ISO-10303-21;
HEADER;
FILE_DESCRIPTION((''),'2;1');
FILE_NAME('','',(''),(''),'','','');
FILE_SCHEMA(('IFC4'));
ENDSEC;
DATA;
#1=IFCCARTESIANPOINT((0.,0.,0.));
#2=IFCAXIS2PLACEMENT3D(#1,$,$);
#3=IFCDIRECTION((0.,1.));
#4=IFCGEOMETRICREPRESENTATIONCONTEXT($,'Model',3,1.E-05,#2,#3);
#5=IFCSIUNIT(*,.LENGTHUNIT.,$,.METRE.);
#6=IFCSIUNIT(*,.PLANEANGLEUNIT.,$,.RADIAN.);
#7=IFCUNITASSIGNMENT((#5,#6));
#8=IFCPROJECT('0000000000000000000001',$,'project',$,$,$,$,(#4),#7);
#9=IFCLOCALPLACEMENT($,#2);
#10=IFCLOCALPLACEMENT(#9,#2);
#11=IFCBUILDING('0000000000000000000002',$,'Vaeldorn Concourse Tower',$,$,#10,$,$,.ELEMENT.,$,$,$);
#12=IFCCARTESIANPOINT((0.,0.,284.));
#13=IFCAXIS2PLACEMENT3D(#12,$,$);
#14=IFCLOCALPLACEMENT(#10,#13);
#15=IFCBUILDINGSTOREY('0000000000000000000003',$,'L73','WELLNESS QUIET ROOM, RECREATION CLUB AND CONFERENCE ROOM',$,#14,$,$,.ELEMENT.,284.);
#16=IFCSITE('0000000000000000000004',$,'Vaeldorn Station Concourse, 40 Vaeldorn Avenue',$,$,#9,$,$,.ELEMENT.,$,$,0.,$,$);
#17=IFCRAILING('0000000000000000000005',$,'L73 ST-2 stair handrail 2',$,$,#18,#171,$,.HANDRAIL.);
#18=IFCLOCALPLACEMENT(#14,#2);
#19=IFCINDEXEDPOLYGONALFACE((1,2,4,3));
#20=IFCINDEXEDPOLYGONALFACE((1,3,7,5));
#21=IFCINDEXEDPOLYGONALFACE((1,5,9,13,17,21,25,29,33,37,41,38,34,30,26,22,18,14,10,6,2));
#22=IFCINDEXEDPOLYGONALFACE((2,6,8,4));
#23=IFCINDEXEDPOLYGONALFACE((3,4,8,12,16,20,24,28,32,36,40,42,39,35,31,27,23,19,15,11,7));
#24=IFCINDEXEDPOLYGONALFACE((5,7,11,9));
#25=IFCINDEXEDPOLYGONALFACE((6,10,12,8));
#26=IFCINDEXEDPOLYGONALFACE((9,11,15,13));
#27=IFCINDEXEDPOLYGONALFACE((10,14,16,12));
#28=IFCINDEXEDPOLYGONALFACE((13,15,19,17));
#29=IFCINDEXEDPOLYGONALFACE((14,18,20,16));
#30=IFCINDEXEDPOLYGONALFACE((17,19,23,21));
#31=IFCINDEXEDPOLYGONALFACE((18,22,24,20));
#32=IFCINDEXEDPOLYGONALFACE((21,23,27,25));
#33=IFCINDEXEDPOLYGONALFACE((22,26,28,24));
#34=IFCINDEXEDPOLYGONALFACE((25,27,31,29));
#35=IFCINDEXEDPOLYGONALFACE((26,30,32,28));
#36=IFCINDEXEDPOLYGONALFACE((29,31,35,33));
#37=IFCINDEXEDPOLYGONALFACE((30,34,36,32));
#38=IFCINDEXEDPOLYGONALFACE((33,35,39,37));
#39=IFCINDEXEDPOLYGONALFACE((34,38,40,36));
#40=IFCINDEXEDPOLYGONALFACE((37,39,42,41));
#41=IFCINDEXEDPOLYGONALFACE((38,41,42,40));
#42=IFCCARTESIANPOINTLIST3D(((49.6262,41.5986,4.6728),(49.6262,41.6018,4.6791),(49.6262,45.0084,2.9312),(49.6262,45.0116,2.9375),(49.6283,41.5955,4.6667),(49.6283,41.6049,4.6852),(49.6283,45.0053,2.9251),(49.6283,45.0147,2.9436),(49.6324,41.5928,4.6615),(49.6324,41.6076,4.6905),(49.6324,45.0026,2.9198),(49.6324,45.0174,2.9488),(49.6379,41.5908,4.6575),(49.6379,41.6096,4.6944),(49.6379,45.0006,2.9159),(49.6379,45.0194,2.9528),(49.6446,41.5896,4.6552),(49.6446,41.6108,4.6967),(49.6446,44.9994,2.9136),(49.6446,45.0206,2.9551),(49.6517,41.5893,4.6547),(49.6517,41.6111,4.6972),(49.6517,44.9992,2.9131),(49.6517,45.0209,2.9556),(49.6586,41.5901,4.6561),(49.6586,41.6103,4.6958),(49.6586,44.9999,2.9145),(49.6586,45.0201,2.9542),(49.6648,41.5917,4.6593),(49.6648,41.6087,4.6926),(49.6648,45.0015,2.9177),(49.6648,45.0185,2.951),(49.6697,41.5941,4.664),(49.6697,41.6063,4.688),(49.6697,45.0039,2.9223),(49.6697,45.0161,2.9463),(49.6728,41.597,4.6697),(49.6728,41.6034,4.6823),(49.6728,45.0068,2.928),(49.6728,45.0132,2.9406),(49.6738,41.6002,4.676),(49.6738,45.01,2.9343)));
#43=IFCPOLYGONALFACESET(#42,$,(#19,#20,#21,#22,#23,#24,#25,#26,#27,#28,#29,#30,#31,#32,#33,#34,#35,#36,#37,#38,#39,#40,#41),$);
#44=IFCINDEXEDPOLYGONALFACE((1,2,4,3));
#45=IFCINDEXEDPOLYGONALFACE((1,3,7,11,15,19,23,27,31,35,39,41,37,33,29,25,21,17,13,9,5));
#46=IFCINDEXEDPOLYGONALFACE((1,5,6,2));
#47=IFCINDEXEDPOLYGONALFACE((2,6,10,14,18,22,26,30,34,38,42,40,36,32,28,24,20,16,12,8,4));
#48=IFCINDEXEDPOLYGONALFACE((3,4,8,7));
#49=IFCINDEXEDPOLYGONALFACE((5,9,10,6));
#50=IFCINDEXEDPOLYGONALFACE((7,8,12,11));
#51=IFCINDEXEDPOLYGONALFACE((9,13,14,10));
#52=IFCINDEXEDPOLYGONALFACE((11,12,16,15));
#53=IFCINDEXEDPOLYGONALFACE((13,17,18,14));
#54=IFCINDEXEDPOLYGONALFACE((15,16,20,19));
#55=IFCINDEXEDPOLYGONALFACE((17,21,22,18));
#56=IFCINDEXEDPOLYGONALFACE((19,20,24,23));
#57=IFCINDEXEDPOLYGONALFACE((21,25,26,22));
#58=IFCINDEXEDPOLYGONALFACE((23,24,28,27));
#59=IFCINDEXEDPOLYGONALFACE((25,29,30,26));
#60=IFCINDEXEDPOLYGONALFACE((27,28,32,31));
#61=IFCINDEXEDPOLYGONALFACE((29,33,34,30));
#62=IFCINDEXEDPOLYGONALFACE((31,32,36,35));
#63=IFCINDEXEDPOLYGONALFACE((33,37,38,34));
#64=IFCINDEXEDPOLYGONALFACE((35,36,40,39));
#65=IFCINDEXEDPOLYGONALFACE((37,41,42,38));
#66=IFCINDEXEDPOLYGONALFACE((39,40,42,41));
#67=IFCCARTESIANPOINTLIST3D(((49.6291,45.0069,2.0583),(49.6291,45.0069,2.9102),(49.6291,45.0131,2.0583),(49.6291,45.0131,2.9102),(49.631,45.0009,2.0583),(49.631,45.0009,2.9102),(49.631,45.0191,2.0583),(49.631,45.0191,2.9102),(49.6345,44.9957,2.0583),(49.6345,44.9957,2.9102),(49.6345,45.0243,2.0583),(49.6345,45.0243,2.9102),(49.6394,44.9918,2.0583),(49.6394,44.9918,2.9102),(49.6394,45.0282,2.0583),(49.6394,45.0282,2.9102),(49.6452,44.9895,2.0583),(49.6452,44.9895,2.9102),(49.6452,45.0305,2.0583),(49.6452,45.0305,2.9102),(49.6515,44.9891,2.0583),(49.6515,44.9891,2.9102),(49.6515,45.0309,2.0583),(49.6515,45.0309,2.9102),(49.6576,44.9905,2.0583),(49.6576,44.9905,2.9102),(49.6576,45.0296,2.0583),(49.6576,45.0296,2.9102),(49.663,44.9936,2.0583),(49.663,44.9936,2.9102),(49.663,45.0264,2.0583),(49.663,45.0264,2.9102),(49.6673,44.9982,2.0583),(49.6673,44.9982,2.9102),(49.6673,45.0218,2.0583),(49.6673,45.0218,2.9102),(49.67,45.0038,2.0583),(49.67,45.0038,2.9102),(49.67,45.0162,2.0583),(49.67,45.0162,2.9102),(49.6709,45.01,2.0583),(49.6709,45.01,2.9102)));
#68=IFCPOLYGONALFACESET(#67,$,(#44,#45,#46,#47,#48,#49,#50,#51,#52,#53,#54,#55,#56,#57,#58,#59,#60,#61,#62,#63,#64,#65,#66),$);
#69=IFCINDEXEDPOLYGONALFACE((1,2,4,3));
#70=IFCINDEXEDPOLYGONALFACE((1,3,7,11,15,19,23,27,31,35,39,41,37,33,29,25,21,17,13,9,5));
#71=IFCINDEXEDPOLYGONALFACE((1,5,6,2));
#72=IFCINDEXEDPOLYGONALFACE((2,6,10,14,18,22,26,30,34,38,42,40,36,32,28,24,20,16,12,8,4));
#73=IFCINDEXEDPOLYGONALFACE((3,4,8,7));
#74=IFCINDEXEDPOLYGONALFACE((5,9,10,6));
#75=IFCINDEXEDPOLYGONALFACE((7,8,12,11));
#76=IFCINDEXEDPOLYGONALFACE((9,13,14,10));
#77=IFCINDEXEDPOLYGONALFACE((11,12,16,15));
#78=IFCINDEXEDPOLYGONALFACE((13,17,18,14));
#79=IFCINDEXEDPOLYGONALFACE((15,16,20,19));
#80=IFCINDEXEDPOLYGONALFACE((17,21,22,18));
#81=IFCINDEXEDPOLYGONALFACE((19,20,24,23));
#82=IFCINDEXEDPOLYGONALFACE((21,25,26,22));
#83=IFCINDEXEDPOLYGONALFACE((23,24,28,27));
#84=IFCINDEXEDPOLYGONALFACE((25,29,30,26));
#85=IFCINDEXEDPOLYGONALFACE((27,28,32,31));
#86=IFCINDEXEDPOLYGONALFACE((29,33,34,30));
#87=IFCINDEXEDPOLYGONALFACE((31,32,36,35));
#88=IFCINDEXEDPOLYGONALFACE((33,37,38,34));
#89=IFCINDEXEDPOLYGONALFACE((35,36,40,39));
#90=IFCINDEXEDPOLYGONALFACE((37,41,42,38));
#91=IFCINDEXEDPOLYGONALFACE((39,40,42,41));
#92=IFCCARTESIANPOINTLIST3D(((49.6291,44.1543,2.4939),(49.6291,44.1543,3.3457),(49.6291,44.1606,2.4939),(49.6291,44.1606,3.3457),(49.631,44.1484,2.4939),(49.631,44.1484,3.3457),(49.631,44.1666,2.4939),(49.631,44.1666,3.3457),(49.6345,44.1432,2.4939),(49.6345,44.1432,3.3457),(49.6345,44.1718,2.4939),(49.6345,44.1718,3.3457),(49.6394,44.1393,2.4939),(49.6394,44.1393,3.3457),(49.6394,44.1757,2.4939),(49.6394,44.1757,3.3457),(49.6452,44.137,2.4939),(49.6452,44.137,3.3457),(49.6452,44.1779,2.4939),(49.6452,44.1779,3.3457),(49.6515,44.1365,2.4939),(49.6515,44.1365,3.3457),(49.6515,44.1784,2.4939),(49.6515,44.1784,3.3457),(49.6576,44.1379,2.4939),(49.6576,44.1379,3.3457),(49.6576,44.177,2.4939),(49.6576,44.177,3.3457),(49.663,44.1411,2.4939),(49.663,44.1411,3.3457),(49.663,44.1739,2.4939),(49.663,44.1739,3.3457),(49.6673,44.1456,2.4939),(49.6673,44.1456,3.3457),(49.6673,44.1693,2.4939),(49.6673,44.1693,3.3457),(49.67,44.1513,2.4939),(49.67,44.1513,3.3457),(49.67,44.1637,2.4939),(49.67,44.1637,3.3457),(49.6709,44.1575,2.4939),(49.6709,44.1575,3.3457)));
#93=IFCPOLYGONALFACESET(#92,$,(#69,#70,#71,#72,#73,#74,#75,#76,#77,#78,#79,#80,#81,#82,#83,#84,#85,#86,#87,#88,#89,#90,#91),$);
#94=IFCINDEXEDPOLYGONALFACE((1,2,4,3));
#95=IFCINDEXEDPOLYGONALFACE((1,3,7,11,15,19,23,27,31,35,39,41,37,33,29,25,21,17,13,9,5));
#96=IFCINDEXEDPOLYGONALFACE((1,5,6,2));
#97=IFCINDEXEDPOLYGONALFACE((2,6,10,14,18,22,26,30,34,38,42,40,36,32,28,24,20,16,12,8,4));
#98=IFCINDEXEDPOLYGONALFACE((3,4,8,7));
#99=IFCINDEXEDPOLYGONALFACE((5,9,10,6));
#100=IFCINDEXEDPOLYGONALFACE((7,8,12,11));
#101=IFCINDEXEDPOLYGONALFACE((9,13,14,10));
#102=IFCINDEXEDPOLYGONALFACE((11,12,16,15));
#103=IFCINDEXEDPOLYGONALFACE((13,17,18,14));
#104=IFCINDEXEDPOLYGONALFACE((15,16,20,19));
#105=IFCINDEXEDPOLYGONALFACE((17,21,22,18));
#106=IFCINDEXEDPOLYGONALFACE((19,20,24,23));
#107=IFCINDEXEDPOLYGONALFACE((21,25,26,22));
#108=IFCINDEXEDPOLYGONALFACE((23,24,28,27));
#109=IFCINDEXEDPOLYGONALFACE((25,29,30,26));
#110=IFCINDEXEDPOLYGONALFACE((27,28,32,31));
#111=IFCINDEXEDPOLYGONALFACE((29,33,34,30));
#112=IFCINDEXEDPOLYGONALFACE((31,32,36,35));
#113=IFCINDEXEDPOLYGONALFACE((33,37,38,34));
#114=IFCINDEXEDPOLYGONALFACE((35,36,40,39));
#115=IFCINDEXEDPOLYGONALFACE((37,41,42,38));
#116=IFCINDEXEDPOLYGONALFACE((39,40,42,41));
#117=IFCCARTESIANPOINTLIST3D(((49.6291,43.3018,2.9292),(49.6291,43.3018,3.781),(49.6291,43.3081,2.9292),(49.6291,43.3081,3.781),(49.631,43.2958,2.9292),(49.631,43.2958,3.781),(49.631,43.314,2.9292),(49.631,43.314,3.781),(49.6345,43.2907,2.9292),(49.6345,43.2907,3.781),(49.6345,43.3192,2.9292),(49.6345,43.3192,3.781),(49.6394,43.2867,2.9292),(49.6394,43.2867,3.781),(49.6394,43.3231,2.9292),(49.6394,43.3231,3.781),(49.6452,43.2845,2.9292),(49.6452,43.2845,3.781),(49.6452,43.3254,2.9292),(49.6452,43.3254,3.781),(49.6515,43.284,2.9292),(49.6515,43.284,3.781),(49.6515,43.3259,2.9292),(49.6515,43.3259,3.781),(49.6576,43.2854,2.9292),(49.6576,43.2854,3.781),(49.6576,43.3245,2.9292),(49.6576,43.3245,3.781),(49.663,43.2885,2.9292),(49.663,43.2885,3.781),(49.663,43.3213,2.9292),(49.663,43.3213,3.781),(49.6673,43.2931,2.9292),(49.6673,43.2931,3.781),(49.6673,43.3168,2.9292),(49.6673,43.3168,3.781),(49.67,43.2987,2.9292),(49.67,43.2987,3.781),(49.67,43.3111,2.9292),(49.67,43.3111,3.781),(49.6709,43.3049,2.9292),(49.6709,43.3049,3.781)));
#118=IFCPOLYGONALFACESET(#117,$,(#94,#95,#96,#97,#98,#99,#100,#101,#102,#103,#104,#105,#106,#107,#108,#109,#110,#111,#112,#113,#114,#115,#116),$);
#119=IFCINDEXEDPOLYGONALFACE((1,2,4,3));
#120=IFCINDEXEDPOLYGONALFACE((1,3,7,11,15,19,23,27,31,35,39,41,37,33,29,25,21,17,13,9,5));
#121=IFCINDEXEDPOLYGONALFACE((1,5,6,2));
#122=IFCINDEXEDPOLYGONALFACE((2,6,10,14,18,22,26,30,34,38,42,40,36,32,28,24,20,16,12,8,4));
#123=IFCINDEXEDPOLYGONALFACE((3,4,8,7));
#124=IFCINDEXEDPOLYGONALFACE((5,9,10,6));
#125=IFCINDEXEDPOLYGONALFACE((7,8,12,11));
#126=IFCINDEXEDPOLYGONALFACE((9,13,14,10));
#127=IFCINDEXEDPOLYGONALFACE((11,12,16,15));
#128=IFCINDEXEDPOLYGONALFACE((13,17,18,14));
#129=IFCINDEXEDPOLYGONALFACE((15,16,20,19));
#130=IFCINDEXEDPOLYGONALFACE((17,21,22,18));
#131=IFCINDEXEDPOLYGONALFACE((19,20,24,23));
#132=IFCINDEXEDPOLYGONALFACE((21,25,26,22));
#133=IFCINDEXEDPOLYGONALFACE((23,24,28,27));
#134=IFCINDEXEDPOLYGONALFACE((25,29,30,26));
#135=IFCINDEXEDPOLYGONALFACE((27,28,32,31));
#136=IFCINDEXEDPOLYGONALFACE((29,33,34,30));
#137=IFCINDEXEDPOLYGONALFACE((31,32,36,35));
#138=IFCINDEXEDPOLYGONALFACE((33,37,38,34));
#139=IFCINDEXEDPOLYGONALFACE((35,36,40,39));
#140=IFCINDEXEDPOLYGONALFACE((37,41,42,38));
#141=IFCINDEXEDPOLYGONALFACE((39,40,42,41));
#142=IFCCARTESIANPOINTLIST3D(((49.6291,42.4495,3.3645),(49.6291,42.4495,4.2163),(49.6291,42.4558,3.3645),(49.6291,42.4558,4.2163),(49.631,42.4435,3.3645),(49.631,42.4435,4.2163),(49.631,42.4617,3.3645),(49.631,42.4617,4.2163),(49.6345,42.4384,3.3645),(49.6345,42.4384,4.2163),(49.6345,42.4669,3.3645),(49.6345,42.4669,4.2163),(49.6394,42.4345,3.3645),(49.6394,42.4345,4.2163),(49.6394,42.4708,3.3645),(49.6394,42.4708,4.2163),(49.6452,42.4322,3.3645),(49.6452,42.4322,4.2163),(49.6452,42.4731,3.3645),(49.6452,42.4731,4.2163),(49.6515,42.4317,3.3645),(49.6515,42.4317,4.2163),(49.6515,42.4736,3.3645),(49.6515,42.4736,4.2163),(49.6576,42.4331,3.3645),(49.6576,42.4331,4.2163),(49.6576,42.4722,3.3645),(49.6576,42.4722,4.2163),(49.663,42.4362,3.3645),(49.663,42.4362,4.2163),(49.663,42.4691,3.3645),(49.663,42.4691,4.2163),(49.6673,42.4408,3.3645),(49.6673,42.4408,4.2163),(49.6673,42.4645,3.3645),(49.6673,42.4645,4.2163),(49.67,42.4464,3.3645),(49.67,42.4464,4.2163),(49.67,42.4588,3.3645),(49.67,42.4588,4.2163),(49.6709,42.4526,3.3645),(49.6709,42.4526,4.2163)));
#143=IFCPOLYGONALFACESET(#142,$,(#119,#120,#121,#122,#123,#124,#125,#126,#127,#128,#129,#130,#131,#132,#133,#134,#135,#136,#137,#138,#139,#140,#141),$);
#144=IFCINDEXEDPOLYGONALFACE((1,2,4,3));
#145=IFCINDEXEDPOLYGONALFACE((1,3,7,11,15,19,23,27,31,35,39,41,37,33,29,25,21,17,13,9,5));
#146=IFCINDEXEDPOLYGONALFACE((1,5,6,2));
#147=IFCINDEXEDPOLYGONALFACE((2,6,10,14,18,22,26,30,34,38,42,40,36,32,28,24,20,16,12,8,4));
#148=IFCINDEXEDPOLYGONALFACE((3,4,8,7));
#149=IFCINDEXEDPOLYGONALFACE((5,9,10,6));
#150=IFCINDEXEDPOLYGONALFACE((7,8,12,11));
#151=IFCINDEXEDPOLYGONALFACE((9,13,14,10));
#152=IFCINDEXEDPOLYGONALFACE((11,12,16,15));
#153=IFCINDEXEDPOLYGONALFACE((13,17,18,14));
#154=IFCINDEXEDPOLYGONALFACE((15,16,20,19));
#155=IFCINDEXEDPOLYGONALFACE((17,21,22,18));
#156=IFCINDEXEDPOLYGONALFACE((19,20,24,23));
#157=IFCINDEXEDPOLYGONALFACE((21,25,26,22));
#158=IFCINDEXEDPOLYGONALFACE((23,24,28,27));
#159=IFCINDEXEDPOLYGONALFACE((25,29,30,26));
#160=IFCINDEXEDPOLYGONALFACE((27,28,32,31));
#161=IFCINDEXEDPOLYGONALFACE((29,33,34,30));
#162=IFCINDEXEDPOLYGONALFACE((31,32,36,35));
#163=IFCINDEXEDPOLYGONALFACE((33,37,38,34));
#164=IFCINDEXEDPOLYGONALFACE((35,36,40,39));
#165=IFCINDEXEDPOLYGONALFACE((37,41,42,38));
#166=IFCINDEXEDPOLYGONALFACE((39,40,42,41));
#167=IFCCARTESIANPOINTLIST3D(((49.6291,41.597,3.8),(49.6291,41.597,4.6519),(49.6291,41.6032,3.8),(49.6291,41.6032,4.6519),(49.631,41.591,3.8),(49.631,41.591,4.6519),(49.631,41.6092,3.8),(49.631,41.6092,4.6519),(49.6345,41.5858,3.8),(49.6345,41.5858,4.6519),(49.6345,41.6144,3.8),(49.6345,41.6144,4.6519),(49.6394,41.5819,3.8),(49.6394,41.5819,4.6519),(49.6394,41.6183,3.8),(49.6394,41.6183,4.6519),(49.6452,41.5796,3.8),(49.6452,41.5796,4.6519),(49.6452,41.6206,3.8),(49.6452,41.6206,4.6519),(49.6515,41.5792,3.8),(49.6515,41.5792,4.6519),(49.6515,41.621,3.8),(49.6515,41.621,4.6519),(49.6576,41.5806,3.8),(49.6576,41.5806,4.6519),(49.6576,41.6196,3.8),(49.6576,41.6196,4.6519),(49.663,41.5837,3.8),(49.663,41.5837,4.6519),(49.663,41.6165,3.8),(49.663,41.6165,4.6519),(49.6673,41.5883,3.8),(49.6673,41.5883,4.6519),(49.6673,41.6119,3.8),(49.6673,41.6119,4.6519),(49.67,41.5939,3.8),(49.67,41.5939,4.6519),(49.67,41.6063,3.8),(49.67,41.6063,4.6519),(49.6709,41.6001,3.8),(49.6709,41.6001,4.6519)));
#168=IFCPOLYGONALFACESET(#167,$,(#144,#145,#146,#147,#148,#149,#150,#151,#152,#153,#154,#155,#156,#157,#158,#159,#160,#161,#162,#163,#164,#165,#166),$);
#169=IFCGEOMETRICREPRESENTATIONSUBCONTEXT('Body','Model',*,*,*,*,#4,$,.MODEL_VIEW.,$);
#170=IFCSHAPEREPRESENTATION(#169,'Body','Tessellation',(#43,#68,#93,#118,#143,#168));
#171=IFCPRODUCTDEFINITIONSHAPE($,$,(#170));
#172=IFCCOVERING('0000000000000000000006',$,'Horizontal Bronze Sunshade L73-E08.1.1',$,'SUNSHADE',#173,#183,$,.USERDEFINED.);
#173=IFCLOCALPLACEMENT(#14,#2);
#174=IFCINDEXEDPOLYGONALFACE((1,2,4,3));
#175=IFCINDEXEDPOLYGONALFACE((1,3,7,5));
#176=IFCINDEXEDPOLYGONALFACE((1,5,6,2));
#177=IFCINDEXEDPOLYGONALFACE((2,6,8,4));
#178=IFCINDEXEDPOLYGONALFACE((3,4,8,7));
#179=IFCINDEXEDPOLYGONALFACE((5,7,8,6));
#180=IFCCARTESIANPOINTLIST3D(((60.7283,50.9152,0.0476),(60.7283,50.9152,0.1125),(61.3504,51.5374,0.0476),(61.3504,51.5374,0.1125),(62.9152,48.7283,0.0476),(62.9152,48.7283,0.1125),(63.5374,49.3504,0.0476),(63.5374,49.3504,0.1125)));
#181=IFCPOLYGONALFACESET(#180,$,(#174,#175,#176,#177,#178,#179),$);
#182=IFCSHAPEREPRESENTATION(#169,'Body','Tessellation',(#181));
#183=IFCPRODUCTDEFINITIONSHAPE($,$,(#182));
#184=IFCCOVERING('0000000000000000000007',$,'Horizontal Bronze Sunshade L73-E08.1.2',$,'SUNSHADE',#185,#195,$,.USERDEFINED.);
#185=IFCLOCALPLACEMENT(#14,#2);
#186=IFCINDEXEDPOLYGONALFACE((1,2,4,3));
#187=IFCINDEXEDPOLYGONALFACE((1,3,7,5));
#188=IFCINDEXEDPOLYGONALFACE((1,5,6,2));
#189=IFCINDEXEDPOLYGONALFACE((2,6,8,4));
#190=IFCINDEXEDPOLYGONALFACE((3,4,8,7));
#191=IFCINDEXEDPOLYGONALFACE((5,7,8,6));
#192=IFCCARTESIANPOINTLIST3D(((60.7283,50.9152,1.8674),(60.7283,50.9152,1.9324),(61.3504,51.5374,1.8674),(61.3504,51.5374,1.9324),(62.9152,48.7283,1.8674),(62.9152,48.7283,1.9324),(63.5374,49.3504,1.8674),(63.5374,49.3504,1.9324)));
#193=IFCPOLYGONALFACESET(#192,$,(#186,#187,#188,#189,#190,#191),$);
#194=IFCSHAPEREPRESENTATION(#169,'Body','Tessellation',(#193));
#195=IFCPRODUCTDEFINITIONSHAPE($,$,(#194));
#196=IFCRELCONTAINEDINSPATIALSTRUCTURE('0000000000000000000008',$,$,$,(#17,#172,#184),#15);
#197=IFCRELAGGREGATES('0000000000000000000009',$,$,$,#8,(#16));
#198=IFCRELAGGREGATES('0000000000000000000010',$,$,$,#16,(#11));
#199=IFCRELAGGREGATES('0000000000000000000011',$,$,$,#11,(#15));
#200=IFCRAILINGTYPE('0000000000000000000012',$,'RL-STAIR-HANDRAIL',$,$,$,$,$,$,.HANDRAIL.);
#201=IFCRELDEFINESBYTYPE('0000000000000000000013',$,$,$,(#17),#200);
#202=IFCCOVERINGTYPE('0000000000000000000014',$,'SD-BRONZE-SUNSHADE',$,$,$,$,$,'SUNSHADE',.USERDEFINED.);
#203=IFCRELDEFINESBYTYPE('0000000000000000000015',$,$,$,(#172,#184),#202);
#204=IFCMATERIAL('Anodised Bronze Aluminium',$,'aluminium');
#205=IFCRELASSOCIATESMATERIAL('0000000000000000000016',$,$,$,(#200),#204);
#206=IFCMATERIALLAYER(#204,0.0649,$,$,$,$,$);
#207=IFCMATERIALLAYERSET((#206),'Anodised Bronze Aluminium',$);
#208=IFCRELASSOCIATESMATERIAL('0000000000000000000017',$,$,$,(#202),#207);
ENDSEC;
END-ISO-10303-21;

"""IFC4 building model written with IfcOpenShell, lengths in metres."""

from ifc_helpers import new_model, si_unit, direction, frame, origin, origin_2d, place, context, subcontext, project, spatial, rectangle, circle, extrude, source, transform, mapped, material, layer, layer_set, type_object, element, save


model = new_model("IFC4")

# Units and contexts
model_context = context("Model", 3, precision=1e-05, world=origin(), true_north=direction((0.0, 1.0)))
body_context = subcontext(model_context, "Body", "Model", "MODEL_VIEW")
ifc_project = project(units=[si_unit("LENGTHUNIT", "METRE"), si_unit("PLANEANGLEUNIT", "RADIAN")], contexts=[model_context])

# Site, building, storey
site_placement = place(None, origin())
site = spatial("IfcSite", under=ifc_project, at=site_placement, Name="Vaeldorn Station Concourse, 40 Vaeldorn Avenue", CompositionType="ELEMENT", RefElevation=0.0)
building_placement = place(site_placement, origin())
building = spatial("IfcBuilding", under=site, at=building_placement, Name="Vaeldorn Concourse Tower", CompositionType="ELEMENT")
storey_placement = place(building_placement, frame((0.0, 0.0, 284.0)))
storey = spatial("IfcBuildingStorey", under=building, at=storey_placement, Name="L73", Description="WELLNESS QUIET ROOM, RECREATION CLUB AND CONFERENCE ROOM", CompositionType="ELEMENT", Elevation=284.0)

# Shared definitions
ifc_material_1 = material(Name="Anodised Bronze Aluminium", Category="aluminium")

# Railing
railing_type_1 = type_object("IfcRailingType", Name="RL-STAIR-HANDRAIL", PredefinedType="HANDRAIL", material=ifc_material_1)
railing_1_placement = place(storey_placement, frame((49.6499, 45.01, 2.0583)))
element("IfcRailing", 1, at=railing_1_placement, inside=storey, type_object=railing_type_1, Name="L73 ST-2 stair handrail 2", PredefinedType="HANDRAIL", context=body_context, shape_type="SweptSolid", body=[
    extrude(circle(Radius=0.0239, at=origin_2d()), frame((0.0, 0.0, 0.876), z_axis=(0.0, -0.890556, 0.454874), x_axis=(1.0, 0.0, 0.0)), (0.0, 0.0, 1.0), 3.8289),
    extrude(circle(Radius=0.021, at=origin_2d()), origin(), (0.0, 0.0, 1.0), 0.8518),
    extrude(circle(Radius=0.021, at=origin_2d()), frame((0.0, -0.8525, 0.4355)), (0.0, 0.0, 1.0), 0.8518),
    extrude(circle(Radius=0.021, at=origin_2d()), frame((0.0, -1.7051, 0.8708)), (0.0, 0.0, 1.0), 0.8518),
    extrude(circle(Radius=0.021, at=origin_2d()), frame((0.0, -2.5574, 1.3062)), (0.0, 0.0, 1.0), 0.8518),
    extrude(circle(Radius=0.021, at=origin_2d()), frame((0.0, -3.4099, 1.7417)), (0.0, 0.0, 1.0), 0.8518),
])

# Coverings
ifc_layer_1 = layer(ifc_material_1, 0.0649)
ifc_layer_set_1 = layer_set([ifc_layer_1], Name="Anodised Bronze Aluminium")
covering_type = type_object("IfcCoveringType", Name="SD-BRONZE-SUNSHADE", ElementType="SUNSHADE", PredefinedType="USERDEFINED", material=ifc_layer_set_1)
shared_shape_1 = source(origin(), body_context, "Body", "SweptSolid", [
    extrude(rectangle(XDim=3.0928, YDim=0.8799, at=origin_2d()), origin(), (0.0, 0.0, 1.0), 0.0649),
])
for number, where, z_axis, x_axis, name in (
    (2, (62.1328, 50.1328, 0.0476), (0.0, 0.0, 1.0), (-0.707107, 0.707107, 0.0), "Horizontal Bronze Sunshade L73-E08.1.1"),
    (3, (62.1328, 50.1328, 1.8674), (0.0, 0.0, 1.0), (-0.707107, 0.707107, 0.0), "Horizontal Bronze Sunshade L73-E08.1.2"),
):
    element("IfcCovering", number, at=place(storey_placement, frame(where, z_axis=z_axis, x_axis=x_axis)), inside=storey, type_object=covering_type, Name=name, ObjectType="SUNSHADE", PredefinedType="USERDEFINED", context=body_context, shape_type="MappedRepresentation", body=[
        mapped(shared_shape_1, transform((0.0, 0.0, 0.0), scale=1.0)),
    ])

save(model, "model.ifc")
